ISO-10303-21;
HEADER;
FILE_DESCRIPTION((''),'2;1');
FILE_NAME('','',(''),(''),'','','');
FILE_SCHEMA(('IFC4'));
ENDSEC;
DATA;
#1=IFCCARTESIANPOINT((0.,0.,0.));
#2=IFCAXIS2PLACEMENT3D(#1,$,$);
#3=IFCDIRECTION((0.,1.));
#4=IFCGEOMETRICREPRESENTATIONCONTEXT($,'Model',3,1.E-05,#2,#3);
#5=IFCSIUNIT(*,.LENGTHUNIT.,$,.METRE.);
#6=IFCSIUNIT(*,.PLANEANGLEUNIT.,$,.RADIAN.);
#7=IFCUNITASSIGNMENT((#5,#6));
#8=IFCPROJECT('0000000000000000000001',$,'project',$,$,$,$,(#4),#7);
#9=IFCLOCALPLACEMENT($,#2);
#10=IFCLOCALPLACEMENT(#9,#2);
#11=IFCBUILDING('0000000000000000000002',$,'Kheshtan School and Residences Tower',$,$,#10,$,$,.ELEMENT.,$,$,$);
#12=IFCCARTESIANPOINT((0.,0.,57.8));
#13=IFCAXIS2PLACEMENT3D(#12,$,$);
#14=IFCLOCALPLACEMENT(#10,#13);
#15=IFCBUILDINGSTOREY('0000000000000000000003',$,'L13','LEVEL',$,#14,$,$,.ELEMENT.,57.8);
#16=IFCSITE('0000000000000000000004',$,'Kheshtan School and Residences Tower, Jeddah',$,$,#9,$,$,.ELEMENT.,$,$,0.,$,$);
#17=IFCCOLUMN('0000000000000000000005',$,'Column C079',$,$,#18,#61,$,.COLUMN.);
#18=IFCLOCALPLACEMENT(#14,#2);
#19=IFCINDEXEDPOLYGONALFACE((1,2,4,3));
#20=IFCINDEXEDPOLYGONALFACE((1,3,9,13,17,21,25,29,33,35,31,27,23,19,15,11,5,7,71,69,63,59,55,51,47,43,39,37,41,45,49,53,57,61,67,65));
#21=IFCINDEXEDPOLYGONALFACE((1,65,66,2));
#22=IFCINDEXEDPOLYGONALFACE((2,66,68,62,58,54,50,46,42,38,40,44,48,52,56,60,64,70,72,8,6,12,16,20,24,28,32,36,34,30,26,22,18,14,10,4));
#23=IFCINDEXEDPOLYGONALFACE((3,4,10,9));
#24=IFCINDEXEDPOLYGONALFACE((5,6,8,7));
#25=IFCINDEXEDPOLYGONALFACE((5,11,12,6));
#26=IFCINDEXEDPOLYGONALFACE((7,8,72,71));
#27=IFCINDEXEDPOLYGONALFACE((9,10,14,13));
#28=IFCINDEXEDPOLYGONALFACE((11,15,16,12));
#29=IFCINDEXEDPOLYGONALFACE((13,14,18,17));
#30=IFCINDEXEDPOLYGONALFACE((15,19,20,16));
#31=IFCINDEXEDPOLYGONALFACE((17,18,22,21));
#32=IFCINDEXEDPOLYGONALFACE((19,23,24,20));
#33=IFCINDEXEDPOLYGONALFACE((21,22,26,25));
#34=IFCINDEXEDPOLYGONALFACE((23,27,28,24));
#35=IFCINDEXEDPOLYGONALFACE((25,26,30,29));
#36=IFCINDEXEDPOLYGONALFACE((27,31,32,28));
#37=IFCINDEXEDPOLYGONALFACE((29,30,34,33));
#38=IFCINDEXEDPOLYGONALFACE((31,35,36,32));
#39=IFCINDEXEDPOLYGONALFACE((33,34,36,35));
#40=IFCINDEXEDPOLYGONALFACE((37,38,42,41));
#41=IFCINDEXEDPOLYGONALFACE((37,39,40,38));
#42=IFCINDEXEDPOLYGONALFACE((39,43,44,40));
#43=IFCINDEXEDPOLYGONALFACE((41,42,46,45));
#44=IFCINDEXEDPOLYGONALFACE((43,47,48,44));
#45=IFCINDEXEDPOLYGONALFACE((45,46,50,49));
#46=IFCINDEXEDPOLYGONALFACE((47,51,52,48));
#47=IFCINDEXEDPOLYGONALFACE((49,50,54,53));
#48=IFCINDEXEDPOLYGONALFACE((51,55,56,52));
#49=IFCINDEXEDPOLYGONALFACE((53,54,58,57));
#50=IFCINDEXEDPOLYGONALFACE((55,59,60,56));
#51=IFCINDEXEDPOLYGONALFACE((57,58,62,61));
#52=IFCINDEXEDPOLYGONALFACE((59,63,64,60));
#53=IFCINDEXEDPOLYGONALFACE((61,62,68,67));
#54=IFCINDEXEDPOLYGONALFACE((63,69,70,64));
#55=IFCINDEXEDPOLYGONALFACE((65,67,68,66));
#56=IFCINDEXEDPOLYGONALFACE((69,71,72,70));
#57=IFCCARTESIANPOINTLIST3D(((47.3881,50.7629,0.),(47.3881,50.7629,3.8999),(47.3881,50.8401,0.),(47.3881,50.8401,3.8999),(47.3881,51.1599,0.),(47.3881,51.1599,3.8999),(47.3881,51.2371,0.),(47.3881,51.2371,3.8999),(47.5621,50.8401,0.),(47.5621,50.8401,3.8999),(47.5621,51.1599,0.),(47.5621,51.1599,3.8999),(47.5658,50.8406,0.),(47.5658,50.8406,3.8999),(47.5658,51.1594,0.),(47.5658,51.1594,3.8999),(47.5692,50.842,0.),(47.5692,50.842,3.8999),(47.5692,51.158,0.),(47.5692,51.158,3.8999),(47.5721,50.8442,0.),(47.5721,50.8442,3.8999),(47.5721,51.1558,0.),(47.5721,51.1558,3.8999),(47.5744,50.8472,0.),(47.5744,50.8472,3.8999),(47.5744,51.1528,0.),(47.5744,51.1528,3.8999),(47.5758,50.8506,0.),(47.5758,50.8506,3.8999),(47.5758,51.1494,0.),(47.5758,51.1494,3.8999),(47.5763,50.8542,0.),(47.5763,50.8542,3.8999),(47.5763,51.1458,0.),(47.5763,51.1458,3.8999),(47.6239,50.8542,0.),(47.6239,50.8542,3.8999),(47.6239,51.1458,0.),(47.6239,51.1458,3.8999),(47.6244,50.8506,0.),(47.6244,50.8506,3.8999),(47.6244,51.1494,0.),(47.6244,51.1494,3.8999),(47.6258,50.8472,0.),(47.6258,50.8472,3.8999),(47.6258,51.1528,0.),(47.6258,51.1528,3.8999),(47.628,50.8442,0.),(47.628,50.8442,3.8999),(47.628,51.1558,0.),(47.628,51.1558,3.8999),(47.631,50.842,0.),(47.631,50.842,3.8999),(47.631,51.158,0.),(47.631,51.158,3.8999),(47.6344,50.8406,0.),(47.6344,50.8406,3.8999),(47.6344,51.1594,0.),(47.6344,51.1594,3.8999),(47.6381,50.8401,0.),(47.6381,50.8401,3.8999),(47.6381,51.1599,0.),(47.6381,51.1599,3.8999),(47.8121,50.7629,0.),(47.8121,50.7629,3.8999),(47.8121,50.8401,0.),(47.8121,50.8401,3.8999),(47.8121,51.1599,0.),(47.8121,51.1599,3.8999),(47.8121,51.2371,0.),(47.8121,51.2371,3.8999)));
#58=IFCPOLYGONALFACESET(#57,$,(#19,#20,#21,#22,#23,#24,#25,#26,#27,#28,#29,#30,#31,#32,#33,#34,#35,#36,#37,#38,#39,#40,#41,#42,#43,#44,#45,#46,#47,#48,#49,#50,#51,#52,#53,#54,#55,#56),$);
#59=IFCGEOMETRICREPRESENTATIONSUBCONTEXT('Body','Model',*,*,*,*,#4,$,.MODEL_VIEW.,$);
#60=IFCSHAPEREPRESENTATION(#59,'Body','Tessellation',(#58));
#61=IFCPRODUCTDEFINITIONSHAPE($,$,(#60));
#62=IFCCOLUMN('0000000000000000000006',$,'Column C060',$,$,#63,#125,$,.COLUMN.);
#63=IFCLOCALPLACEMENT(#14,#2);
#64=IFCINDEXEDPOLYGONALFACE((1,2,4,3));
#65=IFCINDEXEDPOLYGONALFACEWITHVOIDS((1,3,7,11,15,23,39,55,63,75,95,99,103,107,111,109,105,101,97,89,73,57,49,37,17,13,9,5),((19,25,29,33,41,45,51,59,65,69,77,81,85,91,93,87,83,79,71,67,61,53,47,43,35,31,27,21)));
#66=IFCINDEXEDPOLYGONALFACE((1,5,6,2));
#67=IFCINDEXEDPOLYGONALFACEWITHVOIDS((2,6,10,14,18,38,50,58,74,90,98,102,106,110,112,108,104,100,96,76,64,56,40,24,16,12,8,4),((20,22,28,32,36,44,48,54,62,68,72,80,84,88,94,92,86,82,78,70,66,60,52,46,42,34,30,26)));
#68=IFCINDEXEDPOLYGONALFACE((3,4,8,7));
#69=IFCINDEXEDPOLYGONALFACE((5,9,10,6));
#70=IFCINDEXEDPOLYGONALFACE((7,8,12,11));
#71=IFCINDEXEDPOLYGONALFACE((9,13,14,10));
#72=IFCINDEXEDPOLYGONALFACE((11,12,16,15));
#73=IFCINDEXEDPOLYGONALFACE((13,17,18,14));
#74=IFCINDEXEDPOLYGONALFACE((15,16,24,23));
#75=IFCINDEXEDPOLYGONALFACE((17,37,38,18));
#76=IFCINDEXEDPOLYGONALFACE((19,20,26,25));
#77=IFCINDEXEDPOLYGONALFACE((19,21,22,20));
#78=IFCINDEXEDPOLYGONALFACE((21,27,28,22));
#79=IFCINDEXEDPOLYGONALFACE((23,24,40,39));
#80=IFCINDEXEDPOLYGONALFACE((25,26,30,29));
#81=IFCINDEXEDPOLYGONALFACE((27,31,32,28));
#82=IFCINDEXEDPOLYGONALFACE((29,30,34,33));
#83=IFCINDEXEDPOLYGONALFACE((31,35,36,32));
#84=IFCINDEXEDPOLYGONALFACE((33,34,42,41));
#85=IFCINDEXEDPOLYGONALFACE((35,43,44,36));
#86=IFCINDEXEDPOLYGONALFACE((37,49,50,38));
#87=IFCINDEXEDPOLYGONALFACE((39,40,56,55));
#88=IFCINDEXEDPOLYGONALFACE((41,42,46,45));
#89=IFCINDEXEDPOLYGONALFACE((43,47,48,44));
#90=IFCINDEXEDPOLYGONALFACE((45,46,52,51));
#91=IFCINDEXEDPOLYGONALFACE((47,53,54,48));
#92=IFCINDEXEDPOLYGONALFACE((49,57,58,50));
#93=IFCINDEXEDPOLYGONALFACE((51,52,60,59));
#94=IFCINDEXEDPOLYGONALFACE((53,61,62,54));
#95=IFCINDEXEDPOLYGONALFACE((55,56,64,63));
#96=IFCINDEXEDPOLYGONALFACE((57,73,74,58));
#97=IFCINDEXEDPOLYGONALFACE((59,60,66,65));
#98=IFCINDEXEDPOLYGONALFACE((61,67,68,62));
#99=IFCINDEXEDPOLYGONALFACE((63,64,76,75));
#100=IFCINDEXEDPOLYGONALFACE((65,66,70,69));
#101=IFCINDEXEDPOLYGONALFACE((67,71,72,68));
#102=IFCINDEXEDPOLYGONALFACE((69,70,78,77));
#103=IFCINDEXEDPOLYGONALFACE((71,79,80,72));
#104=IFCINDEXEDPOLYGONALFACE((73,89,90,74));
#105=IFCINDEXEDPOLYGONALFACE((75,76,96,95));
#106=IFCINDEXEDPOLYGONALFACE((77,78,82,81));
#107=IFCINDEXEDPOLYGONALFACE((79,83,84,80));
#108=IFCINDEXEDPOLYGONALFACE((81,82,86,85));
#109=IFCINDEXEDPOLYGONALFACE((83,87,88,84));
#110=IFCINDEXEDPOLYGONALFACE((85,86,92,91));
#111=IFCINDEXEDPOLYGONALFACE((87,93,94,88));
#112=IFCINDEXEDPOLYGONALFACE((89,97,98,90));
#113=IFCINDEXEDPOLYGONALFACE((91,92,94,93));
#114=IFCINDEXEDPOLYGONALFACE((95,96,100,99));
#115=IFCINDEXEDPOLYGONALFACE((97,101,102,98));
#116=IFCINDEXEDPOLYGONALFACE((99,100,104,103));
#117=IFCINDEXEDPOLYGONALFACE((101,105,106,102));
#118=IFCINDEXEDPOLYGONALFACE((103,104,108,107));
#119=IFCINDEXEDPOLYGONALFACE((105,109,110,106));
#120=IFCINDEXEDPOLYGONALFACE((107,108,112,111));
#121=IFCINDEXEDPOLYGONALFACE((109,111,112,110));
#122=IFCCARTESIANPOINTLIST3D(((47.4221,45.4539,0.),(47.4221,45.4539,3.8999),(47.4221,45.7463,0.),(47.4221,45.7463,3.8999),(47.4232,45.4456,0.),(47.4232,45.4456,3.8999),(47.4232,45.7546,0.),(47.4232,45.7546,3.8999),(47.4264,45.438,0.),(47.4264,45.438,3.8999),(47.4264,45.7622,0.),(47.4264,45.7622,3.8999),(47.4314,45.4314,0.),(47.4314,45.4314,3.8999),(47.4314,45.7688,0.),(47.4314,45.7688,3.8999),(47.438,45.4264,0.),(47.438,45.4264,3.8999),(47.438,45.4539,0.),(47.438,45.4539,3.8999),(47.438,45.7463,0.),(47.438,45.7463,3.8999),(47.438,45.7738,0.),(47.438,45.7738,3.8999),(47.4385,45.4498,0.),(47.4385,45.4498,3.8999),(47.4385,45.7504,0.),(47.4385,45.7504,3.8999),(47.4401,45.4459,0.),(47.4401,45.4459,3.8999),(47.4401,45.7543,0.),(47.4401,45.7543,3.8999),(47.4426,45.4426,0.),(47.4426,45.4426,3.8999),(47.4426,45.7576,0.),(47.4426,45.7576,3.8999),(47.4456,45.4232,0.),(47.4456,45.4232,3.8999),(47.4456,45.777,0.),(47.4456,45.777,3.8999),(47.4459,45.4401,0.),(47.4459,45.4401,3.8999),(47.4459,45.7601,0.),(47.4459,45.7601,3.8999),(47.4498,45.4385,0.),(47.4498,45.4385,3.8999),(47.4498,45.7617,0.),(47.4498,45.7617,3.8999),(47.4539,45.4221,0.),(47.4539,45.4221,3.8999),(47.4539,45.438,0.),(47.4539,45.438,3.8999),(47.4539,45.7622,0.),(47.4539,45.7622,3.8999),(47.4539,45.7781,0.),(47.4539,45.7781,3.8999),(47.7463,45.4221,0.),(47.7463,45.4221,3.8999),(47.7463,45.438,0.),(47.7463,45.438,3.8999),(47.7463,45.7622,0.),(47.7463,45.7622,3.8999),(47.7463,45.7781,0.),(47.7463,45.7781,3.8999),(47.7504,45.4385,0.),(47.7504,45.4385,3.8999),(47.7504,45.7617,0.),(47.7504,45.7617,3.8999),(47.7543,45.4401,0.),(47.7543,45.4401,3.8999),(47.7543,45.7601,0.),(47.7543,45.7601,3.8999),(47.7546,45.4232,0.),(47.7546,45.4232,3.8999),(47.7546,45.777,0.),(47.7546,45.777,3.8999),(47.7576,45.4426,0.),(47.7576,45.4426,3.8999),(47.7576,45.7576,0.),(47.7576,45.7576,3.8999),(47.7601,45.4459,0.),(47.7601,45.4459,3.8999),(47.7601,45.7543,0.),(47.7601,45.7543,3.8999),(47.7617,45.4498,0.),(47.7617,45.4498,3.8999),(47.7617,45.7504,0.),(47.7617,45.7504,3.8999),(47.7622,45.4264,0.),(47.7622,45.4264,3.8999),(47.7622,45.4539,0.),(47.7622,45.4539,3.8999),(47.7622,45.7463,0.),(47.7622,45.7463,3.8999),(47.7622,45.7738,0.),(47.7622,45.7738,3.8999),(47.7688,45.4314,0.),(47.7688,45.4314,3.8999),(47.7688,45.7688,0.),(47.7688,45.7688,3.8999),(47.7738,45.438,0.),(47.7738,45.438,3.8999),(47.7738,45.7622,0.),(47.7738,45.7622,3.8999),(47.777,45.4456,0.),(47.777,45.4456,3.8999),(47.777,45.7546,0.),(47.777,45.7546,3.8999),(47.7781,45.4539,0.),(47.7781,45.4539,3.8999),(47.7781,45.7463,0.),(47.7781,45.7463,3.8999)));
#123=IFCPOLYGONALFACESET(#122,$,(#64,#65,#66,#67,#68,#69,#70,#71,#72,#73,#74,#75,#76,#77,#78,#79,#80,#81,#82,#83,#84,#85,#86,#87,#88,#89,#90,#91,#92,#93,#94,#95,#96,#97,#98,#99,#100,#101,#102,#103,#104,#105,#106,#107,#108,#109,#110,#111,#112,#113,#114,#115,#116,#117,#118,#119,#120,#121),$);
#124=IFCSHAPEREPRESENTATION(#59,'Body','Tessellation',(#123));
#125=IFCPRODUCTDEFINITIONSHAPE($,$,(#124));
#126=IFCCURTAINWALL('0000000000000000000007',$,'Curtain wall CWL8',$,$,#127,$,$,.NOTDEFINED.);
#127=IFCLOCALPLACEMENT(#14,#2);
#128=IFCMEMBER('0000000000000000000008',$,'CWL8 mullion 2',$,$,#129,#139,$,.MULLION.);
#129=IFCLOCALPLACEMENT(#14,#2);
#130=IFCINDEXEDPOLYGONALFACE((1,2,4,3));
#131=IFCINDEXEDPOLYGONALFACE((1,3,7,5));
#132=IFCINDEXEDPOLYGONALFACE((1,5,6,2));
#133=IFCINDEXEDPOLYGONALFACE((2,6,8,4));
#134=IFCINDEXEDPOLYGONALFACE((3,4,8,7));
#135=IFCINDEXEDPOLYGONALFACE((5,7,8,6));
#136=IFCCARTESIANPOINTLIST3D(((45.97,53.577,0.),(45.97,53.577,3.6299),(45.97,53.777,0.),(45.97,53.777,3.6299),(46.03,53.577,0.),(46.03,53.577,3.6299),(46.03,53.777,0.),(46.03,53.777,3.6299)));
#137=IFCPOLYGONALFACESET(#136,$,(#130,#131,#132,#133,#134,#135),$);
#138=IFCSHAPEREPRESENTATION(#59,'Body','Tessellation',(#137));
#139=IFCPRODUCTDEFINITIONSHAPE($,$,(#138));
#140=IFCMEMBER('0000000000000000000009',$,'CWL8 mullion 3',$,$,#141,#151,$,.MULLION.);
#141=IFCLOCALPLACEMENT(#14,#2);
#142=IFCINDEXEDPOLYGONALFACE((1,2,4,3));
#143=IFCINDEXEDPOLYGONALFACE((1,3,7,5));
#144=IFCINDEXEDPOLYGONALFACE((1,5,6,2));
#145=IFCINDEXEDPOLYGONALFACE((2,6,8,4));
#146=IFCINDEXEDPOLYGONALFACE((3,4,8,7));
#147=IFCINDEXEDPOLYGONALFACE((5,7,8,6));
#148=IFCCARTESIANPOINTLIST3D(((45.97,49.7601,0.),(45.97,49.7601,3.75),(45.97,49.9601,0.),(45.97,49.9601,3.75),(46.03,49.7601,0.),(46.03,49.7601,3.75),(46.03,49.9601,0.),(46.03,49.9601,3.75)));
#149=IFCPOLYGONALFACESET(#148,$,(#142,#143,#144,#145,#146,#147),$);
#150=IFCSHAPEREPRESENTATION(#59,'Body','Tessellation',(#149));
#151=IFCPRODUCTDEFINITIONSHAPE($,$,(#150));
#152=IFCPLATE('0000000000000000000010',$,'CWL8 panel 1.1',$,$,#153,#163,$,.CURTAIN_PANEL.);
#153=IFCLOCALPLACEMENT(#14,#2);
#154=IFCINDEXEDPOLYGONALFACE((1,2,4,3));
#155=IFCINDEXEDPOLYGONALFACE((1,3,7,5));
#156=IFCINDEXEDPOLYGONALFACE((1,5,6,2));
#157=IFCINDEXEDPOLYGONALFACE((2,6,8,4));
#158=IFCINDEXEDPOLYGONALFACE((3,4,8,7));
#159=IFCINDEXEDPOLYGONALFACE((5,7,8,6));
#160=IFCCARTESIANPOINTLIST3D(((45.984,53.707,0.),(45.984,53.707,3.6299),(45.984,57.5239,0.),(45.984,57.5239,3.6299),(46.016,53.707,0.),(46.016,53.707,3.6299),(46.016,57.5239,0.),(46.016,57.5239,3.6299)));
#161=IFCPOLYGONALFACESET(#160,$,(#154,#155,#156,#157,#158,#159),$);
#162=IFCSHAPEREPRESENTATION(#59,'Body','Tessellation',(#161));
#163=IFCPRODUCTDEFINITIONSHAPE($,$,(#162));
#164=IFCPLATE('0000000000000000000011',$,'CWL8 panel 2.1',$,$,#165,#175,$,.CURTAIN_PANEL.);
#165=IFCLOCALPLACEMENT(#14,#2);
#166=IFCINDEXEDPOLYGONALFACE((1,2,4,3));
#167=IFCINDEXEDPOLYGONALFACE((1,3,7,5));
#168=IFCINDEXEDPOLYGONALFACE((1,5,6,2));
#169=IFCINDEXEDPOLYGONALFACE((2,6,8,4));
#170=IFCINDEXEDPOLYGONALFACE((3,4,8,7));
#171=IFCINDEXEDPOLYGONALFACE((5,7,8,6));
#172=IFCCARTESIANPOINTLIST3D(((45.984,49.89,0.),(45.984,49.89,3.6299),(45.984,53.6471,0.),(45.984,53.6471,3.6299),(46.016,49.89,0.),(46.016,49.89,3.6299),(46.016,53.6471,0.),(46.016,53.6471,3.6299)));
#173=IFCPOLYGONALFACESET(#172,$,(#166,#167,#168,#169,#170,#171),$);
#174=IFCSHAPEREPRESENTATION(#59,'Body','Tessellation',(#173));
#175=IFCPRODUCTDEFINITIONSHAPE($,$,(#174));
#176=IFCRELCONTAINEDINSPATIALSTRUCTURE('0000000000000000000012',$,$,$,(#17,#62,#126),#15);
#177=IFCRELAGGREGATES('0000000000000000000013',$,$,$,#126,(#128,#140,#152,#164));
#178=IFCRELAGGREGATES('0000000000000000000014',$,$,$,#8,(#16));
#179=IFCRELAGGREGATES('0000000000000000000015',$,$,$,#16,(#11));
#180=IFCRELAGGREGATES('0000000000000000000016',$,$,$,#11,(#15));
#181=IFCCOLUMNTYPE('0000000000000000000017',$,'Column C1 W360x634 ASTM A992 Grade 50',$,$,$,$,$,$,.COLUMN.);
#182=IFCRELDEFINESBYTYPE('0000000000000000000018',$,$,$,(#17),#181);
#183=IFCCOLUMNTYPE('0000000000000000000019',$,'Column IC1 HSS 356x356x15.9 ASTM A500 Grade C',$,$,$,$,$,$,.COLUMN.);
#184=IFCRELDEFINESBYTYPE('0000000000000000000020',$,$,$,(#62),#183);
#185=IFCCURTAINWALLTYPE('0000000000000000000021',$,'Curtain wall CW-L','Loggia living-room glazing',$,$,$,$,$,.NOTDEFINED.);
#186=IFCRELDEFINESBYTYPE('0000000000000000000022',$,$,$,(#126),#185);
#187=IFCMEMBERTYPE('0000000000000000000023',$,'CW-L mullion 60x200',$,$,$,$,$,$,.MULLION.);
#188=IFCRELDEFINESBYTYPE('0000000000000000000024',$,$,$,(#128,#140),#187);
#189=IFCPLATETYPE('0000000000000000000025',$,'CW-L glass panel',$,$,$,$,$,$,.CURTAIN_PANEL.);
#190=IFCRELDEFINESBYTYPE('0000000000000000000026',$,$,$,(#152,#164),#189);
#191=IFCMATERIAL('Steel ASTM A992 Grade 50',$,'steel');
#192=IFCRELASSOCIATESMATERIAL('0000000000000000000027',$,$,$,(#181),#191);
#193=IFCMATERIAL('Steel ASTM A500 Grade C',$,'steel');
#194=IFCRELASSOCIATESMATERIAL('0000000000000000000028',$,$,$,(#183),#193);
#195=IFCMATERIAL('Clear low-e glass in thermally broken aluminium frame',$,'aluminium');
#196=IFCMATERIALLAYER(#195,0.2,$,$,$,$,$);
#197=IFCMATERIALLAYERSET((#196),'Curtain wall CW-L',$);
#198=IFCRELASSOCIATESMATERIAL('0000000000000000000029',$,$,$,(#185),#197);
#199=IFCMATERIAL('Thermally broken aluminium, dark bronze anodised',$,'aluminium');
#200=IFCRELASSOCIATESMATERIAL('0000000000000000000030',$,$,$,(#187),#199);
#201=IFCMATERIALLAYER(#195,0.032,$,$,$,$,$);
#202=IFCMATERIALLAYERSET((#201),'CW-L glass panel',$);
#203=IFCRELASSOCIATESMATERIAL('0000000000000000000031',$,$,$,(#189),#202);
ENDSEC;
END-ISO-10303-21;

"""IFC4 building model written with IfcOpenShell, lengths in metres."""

from ifc_helpers import new_model, si_unit, direction, frame, origin, origin_2d, place, context, subcontext, project, spatial, rectangle, hollow_rectangle, i_section, extrude, material, layer, layer_set, material_profile, profile_set, type_object, element, aggregate, save


model = new_model("IFC4")

# Units and contexts
model_context = context("Model", 3, precision=1e-05, world=origin(), true_north=direction((0.0, 1.0)))
body_context = subcontext(model_context, "Body", "Model", "MODEL_VIEW")
ifc_project = project(units=[si_unit("LENGTHUNIT", "METRE"), si_unit("PLANEANGLEUNIT", "RADIAN")], contexts=[model_context])

# Site, building, storey
site_placement = place(None, origin())
site = spatial("IfcSite", under=ifc_project, at=site_placement, Name="Kheshtan School and Residences Tower, Jeddah", CompositionType="ELEMENT", RefElevation=0.0)
building_placement = place(site_placement, origin())
building = spatial("IfcBuilding", under=site, at=building_placement, Name="Kheshtan School and Residences Tower", CompositionType="ELEMENT")
storey_placement = place(building_placement, frame((0.0, 0.0, 57.8)))
storey = spatial("IfcBuildingStorey", under=building, at=storey_placement, Name="L13", Description="LEVEL", CompositionType="ELEMENT", Elevation=57.8)

# Columns
ifc_material_1 = material(Name="Steel ASTM A992 Grade 50", Category="steel")
ifc_material_profile_1 = material_profile(ifc_material_1, i_section(OverallWidth=0.4241, OverallDepth=0.4741, WebThickness=0.0476, FlangeThickness=0.0771, FilletRadius=0.0142, at=origin_2d()), Name="W360x634")
ifc_profile_set_1 = profile_set([ifc_material_profile_1], Name="Steel ASTM A992 Grade 50")
column_type_1 = type_object("IfcColumnType", Name="Column C1 W360x634 ASTM A992 Grade 50", PredefinedType="COLUMN", material=ifc_profile_set_1)
column_1_placement = place(storey_placement, frame((47.6001, 51.0, 0.0), z_axis=(0.0, 0.0, 1.0), x_axis=(1.0, 0.0, 0.0)))
element("IfcColumn", 1, at=column_1_placement, inside=storey, type_object=column_type_1, Name="Column C079", PredefinedType="COLUMN", context=body_context, shape_type="SweptSolid", body=[
    extrude(i_section(OverallWidth=0.4241, OverallDepth=0.4741, WebThickness=0.0476, FlangeThickness=0.0771, FilletRadius=0.0142, at=origin_2d()), origin(), (0.0, 0.0, 1.0), 3.8999),
])
ifc_material_2 = material(Name="Steel ASTM A500 Grade C", Category="steel")
ifc_material_profile_2 = material_profile(ifc_material_2, hollow_rectangle(XDim=0.356, YDim=0.356, WallThickness=0.0159, InnerFilletRadius=0.0159, OuterFilletRadius=0.0317, at=origin_2d()), Name="HSS 356x356x15.9")
ifc_profile_set_2 = profile_set([ifc_material_profile_2], Name="Steel ASTM A500 Grade C")
column_type_2 = type_object("IfcColumnType", Name="Column IC1 HSS 356x356x15.9 ASTM A500 Grade C", PredefinedType="COLUMN", material=ifc_profile_set_2)
column_2_placement = place(storey_placement, frame((47.6001, 45.6001, 0.0), z_axis=(0.0, 0.0, 1.0), x_axis=(1.0, 0.0, 0.0)))
element("IfcColumn", 2, at=column_2_placement, inside=storey, type_object=column_type_2, Name="Column C060", PredefinedType="COLUMN", context=body_context, shape_type="SweptSolid", body=[
    extrude(hollow_rectangle(XDim=0.356, YDim=0.356, WallThickness=0.0159, InnerFilletRadius=0.0159, OuterFilletRadius=0.0317, at=origin_2d()), origin(), (0.0, 0.0, 1.0), 3.8999),
])

# Curtain wall, members, plates
ifc_material_3 = material(Name="Clear low-e glass in thermally broken aluminium frame", Category="aluminium")
ifc_layer_1 = layer(ifc_material_3, 0.2)
ifc_layer_set_1 = layer_set([ifc_layer_1], Name="Curtain wall CW-L")
curtain_wall_type = type_object("IfcCurtainWallType", Name="Curtain wall CW-L", Description="Loggia living-room glazing", PredefinedType="NOTDEFINED", material=ifc_layer_set_1)
curtain_wall_placement = place(storey_placement, origin())
curtain_wall = element("IfcCurtainWall", 3, at=curtain_wall_placement, inside=storey, type_object=curtain_wall_type, Name="Curtain wall CWL8", PredefinedType="NOTDEFINED")
ifc_material_4 = material(Name="Thermally broken aluminium, dark bronze anodised", Category="aluminium")
ifc_material_profile_3 = material_profile(ifc_material_4, rectangle(XDim=0.0601, YDim=0.2, at=origin_2d()), Name="CW-L mullion 60x200")
ifc_profile_set_3 = profile_set([ifc_material_profile_3], Name="Thermally broken aluminium, dark bronze anodised")
member_type = type_object("IfcMemberType", Name="CW-L mullion 60x200", PredefinedType="MULLION", material=ifc_profile_set_3)
member_1_placement = place(storey_placement, frame((46.0, 53.677, 0.0), z_axis=(0.0, 0.0, 1.0), x_axis=(1.0, 0.0, 0.0)))
member_1 = element("IfcMember", 4, at=member_1_placement, type_object=member_type, Name="CWL8 mullion 2", PredefinedType="MULLION", context=body_context, shape_type="SweptSolid", body=[
    extrude(rectangle(XDim=0.0601, YDim=0.2, at=origin_2d()), origin(), (0.0, 0.0, 1.0), 3.6299),
])
member_2_placement = place(storey_placement, frame((46.0, 49.8601, 0.0), z_axis=(0.0, 0.0, 1.0), x_axis=(1.0, 0.0, 0.0)))
member_2 = element("IfcMember", 5, at=member_2_placement, type_object=member_type, Name="CWL8 mullion 3", PredefinedType="MULLION", context=body_context, shape_type="SweptSolid", body=[
    extrude(rectangle(XDim=0.0601, YDim=0.2, at=origin_2d()), origin(), (0.0, 0.0, 1.0), 3.75),
])
ifc_layer_2 = layer(ifc_material_3, 0.032)
ifc_layer_set_2 = layer_set([ifc_layer_2], Name="CW-L glass panel")
plate_type = type_object("IfcPlateType", Name="CW-L glass panel", PredefinedType="CURTAIN_PANEL", material=ifc_layer_set_2)
plate_1_placement = place(storey_placement, frame((46.0, 55.6155, 0.0), z_axis=(0.0, 0.0, 1.0), x_axis=(0.0, -1.0, 0.0)))
plate_1 = element("IfcPlate", 6, at=plate_1_placement, type_object=plate_type, Name="CWL8 panel 1.1", PredefinedType="CURTAIN_PANEL", context=body_context, shape_type="SweptSolid", body=[
    extrude(rectangle(XDim=3.8169, YDim=0.032, at=origin_2d()), origin(), (0.0, 0.0, 1.0), 3.6299),
])
plate_2_placement = place(storey_placement, frame((46.0, 51.7686, 0.0), z_axis=(0.0, 0.0, 1.0), x_axis=(0.0, -1.0, 0.0)))
plate_2 = element("IfcPlate", 7, at=plate_2_placement, type_object=plate_type, Name="CWL8 panel 2.1", PredefinedType="CURTAIN_PANEL", context=body_context, shape_type="SweptSolid", body=[
    extrude(rectangle(XDim=3.7571, YDim=0.032, at=origin_2d()), origin(), (0.0, 0.0, 1.0), 3.6299),
])
aggregate(curtain_wall, [member_1, member_2, plate_1, plate_2])

save(model, "model.ifc")
